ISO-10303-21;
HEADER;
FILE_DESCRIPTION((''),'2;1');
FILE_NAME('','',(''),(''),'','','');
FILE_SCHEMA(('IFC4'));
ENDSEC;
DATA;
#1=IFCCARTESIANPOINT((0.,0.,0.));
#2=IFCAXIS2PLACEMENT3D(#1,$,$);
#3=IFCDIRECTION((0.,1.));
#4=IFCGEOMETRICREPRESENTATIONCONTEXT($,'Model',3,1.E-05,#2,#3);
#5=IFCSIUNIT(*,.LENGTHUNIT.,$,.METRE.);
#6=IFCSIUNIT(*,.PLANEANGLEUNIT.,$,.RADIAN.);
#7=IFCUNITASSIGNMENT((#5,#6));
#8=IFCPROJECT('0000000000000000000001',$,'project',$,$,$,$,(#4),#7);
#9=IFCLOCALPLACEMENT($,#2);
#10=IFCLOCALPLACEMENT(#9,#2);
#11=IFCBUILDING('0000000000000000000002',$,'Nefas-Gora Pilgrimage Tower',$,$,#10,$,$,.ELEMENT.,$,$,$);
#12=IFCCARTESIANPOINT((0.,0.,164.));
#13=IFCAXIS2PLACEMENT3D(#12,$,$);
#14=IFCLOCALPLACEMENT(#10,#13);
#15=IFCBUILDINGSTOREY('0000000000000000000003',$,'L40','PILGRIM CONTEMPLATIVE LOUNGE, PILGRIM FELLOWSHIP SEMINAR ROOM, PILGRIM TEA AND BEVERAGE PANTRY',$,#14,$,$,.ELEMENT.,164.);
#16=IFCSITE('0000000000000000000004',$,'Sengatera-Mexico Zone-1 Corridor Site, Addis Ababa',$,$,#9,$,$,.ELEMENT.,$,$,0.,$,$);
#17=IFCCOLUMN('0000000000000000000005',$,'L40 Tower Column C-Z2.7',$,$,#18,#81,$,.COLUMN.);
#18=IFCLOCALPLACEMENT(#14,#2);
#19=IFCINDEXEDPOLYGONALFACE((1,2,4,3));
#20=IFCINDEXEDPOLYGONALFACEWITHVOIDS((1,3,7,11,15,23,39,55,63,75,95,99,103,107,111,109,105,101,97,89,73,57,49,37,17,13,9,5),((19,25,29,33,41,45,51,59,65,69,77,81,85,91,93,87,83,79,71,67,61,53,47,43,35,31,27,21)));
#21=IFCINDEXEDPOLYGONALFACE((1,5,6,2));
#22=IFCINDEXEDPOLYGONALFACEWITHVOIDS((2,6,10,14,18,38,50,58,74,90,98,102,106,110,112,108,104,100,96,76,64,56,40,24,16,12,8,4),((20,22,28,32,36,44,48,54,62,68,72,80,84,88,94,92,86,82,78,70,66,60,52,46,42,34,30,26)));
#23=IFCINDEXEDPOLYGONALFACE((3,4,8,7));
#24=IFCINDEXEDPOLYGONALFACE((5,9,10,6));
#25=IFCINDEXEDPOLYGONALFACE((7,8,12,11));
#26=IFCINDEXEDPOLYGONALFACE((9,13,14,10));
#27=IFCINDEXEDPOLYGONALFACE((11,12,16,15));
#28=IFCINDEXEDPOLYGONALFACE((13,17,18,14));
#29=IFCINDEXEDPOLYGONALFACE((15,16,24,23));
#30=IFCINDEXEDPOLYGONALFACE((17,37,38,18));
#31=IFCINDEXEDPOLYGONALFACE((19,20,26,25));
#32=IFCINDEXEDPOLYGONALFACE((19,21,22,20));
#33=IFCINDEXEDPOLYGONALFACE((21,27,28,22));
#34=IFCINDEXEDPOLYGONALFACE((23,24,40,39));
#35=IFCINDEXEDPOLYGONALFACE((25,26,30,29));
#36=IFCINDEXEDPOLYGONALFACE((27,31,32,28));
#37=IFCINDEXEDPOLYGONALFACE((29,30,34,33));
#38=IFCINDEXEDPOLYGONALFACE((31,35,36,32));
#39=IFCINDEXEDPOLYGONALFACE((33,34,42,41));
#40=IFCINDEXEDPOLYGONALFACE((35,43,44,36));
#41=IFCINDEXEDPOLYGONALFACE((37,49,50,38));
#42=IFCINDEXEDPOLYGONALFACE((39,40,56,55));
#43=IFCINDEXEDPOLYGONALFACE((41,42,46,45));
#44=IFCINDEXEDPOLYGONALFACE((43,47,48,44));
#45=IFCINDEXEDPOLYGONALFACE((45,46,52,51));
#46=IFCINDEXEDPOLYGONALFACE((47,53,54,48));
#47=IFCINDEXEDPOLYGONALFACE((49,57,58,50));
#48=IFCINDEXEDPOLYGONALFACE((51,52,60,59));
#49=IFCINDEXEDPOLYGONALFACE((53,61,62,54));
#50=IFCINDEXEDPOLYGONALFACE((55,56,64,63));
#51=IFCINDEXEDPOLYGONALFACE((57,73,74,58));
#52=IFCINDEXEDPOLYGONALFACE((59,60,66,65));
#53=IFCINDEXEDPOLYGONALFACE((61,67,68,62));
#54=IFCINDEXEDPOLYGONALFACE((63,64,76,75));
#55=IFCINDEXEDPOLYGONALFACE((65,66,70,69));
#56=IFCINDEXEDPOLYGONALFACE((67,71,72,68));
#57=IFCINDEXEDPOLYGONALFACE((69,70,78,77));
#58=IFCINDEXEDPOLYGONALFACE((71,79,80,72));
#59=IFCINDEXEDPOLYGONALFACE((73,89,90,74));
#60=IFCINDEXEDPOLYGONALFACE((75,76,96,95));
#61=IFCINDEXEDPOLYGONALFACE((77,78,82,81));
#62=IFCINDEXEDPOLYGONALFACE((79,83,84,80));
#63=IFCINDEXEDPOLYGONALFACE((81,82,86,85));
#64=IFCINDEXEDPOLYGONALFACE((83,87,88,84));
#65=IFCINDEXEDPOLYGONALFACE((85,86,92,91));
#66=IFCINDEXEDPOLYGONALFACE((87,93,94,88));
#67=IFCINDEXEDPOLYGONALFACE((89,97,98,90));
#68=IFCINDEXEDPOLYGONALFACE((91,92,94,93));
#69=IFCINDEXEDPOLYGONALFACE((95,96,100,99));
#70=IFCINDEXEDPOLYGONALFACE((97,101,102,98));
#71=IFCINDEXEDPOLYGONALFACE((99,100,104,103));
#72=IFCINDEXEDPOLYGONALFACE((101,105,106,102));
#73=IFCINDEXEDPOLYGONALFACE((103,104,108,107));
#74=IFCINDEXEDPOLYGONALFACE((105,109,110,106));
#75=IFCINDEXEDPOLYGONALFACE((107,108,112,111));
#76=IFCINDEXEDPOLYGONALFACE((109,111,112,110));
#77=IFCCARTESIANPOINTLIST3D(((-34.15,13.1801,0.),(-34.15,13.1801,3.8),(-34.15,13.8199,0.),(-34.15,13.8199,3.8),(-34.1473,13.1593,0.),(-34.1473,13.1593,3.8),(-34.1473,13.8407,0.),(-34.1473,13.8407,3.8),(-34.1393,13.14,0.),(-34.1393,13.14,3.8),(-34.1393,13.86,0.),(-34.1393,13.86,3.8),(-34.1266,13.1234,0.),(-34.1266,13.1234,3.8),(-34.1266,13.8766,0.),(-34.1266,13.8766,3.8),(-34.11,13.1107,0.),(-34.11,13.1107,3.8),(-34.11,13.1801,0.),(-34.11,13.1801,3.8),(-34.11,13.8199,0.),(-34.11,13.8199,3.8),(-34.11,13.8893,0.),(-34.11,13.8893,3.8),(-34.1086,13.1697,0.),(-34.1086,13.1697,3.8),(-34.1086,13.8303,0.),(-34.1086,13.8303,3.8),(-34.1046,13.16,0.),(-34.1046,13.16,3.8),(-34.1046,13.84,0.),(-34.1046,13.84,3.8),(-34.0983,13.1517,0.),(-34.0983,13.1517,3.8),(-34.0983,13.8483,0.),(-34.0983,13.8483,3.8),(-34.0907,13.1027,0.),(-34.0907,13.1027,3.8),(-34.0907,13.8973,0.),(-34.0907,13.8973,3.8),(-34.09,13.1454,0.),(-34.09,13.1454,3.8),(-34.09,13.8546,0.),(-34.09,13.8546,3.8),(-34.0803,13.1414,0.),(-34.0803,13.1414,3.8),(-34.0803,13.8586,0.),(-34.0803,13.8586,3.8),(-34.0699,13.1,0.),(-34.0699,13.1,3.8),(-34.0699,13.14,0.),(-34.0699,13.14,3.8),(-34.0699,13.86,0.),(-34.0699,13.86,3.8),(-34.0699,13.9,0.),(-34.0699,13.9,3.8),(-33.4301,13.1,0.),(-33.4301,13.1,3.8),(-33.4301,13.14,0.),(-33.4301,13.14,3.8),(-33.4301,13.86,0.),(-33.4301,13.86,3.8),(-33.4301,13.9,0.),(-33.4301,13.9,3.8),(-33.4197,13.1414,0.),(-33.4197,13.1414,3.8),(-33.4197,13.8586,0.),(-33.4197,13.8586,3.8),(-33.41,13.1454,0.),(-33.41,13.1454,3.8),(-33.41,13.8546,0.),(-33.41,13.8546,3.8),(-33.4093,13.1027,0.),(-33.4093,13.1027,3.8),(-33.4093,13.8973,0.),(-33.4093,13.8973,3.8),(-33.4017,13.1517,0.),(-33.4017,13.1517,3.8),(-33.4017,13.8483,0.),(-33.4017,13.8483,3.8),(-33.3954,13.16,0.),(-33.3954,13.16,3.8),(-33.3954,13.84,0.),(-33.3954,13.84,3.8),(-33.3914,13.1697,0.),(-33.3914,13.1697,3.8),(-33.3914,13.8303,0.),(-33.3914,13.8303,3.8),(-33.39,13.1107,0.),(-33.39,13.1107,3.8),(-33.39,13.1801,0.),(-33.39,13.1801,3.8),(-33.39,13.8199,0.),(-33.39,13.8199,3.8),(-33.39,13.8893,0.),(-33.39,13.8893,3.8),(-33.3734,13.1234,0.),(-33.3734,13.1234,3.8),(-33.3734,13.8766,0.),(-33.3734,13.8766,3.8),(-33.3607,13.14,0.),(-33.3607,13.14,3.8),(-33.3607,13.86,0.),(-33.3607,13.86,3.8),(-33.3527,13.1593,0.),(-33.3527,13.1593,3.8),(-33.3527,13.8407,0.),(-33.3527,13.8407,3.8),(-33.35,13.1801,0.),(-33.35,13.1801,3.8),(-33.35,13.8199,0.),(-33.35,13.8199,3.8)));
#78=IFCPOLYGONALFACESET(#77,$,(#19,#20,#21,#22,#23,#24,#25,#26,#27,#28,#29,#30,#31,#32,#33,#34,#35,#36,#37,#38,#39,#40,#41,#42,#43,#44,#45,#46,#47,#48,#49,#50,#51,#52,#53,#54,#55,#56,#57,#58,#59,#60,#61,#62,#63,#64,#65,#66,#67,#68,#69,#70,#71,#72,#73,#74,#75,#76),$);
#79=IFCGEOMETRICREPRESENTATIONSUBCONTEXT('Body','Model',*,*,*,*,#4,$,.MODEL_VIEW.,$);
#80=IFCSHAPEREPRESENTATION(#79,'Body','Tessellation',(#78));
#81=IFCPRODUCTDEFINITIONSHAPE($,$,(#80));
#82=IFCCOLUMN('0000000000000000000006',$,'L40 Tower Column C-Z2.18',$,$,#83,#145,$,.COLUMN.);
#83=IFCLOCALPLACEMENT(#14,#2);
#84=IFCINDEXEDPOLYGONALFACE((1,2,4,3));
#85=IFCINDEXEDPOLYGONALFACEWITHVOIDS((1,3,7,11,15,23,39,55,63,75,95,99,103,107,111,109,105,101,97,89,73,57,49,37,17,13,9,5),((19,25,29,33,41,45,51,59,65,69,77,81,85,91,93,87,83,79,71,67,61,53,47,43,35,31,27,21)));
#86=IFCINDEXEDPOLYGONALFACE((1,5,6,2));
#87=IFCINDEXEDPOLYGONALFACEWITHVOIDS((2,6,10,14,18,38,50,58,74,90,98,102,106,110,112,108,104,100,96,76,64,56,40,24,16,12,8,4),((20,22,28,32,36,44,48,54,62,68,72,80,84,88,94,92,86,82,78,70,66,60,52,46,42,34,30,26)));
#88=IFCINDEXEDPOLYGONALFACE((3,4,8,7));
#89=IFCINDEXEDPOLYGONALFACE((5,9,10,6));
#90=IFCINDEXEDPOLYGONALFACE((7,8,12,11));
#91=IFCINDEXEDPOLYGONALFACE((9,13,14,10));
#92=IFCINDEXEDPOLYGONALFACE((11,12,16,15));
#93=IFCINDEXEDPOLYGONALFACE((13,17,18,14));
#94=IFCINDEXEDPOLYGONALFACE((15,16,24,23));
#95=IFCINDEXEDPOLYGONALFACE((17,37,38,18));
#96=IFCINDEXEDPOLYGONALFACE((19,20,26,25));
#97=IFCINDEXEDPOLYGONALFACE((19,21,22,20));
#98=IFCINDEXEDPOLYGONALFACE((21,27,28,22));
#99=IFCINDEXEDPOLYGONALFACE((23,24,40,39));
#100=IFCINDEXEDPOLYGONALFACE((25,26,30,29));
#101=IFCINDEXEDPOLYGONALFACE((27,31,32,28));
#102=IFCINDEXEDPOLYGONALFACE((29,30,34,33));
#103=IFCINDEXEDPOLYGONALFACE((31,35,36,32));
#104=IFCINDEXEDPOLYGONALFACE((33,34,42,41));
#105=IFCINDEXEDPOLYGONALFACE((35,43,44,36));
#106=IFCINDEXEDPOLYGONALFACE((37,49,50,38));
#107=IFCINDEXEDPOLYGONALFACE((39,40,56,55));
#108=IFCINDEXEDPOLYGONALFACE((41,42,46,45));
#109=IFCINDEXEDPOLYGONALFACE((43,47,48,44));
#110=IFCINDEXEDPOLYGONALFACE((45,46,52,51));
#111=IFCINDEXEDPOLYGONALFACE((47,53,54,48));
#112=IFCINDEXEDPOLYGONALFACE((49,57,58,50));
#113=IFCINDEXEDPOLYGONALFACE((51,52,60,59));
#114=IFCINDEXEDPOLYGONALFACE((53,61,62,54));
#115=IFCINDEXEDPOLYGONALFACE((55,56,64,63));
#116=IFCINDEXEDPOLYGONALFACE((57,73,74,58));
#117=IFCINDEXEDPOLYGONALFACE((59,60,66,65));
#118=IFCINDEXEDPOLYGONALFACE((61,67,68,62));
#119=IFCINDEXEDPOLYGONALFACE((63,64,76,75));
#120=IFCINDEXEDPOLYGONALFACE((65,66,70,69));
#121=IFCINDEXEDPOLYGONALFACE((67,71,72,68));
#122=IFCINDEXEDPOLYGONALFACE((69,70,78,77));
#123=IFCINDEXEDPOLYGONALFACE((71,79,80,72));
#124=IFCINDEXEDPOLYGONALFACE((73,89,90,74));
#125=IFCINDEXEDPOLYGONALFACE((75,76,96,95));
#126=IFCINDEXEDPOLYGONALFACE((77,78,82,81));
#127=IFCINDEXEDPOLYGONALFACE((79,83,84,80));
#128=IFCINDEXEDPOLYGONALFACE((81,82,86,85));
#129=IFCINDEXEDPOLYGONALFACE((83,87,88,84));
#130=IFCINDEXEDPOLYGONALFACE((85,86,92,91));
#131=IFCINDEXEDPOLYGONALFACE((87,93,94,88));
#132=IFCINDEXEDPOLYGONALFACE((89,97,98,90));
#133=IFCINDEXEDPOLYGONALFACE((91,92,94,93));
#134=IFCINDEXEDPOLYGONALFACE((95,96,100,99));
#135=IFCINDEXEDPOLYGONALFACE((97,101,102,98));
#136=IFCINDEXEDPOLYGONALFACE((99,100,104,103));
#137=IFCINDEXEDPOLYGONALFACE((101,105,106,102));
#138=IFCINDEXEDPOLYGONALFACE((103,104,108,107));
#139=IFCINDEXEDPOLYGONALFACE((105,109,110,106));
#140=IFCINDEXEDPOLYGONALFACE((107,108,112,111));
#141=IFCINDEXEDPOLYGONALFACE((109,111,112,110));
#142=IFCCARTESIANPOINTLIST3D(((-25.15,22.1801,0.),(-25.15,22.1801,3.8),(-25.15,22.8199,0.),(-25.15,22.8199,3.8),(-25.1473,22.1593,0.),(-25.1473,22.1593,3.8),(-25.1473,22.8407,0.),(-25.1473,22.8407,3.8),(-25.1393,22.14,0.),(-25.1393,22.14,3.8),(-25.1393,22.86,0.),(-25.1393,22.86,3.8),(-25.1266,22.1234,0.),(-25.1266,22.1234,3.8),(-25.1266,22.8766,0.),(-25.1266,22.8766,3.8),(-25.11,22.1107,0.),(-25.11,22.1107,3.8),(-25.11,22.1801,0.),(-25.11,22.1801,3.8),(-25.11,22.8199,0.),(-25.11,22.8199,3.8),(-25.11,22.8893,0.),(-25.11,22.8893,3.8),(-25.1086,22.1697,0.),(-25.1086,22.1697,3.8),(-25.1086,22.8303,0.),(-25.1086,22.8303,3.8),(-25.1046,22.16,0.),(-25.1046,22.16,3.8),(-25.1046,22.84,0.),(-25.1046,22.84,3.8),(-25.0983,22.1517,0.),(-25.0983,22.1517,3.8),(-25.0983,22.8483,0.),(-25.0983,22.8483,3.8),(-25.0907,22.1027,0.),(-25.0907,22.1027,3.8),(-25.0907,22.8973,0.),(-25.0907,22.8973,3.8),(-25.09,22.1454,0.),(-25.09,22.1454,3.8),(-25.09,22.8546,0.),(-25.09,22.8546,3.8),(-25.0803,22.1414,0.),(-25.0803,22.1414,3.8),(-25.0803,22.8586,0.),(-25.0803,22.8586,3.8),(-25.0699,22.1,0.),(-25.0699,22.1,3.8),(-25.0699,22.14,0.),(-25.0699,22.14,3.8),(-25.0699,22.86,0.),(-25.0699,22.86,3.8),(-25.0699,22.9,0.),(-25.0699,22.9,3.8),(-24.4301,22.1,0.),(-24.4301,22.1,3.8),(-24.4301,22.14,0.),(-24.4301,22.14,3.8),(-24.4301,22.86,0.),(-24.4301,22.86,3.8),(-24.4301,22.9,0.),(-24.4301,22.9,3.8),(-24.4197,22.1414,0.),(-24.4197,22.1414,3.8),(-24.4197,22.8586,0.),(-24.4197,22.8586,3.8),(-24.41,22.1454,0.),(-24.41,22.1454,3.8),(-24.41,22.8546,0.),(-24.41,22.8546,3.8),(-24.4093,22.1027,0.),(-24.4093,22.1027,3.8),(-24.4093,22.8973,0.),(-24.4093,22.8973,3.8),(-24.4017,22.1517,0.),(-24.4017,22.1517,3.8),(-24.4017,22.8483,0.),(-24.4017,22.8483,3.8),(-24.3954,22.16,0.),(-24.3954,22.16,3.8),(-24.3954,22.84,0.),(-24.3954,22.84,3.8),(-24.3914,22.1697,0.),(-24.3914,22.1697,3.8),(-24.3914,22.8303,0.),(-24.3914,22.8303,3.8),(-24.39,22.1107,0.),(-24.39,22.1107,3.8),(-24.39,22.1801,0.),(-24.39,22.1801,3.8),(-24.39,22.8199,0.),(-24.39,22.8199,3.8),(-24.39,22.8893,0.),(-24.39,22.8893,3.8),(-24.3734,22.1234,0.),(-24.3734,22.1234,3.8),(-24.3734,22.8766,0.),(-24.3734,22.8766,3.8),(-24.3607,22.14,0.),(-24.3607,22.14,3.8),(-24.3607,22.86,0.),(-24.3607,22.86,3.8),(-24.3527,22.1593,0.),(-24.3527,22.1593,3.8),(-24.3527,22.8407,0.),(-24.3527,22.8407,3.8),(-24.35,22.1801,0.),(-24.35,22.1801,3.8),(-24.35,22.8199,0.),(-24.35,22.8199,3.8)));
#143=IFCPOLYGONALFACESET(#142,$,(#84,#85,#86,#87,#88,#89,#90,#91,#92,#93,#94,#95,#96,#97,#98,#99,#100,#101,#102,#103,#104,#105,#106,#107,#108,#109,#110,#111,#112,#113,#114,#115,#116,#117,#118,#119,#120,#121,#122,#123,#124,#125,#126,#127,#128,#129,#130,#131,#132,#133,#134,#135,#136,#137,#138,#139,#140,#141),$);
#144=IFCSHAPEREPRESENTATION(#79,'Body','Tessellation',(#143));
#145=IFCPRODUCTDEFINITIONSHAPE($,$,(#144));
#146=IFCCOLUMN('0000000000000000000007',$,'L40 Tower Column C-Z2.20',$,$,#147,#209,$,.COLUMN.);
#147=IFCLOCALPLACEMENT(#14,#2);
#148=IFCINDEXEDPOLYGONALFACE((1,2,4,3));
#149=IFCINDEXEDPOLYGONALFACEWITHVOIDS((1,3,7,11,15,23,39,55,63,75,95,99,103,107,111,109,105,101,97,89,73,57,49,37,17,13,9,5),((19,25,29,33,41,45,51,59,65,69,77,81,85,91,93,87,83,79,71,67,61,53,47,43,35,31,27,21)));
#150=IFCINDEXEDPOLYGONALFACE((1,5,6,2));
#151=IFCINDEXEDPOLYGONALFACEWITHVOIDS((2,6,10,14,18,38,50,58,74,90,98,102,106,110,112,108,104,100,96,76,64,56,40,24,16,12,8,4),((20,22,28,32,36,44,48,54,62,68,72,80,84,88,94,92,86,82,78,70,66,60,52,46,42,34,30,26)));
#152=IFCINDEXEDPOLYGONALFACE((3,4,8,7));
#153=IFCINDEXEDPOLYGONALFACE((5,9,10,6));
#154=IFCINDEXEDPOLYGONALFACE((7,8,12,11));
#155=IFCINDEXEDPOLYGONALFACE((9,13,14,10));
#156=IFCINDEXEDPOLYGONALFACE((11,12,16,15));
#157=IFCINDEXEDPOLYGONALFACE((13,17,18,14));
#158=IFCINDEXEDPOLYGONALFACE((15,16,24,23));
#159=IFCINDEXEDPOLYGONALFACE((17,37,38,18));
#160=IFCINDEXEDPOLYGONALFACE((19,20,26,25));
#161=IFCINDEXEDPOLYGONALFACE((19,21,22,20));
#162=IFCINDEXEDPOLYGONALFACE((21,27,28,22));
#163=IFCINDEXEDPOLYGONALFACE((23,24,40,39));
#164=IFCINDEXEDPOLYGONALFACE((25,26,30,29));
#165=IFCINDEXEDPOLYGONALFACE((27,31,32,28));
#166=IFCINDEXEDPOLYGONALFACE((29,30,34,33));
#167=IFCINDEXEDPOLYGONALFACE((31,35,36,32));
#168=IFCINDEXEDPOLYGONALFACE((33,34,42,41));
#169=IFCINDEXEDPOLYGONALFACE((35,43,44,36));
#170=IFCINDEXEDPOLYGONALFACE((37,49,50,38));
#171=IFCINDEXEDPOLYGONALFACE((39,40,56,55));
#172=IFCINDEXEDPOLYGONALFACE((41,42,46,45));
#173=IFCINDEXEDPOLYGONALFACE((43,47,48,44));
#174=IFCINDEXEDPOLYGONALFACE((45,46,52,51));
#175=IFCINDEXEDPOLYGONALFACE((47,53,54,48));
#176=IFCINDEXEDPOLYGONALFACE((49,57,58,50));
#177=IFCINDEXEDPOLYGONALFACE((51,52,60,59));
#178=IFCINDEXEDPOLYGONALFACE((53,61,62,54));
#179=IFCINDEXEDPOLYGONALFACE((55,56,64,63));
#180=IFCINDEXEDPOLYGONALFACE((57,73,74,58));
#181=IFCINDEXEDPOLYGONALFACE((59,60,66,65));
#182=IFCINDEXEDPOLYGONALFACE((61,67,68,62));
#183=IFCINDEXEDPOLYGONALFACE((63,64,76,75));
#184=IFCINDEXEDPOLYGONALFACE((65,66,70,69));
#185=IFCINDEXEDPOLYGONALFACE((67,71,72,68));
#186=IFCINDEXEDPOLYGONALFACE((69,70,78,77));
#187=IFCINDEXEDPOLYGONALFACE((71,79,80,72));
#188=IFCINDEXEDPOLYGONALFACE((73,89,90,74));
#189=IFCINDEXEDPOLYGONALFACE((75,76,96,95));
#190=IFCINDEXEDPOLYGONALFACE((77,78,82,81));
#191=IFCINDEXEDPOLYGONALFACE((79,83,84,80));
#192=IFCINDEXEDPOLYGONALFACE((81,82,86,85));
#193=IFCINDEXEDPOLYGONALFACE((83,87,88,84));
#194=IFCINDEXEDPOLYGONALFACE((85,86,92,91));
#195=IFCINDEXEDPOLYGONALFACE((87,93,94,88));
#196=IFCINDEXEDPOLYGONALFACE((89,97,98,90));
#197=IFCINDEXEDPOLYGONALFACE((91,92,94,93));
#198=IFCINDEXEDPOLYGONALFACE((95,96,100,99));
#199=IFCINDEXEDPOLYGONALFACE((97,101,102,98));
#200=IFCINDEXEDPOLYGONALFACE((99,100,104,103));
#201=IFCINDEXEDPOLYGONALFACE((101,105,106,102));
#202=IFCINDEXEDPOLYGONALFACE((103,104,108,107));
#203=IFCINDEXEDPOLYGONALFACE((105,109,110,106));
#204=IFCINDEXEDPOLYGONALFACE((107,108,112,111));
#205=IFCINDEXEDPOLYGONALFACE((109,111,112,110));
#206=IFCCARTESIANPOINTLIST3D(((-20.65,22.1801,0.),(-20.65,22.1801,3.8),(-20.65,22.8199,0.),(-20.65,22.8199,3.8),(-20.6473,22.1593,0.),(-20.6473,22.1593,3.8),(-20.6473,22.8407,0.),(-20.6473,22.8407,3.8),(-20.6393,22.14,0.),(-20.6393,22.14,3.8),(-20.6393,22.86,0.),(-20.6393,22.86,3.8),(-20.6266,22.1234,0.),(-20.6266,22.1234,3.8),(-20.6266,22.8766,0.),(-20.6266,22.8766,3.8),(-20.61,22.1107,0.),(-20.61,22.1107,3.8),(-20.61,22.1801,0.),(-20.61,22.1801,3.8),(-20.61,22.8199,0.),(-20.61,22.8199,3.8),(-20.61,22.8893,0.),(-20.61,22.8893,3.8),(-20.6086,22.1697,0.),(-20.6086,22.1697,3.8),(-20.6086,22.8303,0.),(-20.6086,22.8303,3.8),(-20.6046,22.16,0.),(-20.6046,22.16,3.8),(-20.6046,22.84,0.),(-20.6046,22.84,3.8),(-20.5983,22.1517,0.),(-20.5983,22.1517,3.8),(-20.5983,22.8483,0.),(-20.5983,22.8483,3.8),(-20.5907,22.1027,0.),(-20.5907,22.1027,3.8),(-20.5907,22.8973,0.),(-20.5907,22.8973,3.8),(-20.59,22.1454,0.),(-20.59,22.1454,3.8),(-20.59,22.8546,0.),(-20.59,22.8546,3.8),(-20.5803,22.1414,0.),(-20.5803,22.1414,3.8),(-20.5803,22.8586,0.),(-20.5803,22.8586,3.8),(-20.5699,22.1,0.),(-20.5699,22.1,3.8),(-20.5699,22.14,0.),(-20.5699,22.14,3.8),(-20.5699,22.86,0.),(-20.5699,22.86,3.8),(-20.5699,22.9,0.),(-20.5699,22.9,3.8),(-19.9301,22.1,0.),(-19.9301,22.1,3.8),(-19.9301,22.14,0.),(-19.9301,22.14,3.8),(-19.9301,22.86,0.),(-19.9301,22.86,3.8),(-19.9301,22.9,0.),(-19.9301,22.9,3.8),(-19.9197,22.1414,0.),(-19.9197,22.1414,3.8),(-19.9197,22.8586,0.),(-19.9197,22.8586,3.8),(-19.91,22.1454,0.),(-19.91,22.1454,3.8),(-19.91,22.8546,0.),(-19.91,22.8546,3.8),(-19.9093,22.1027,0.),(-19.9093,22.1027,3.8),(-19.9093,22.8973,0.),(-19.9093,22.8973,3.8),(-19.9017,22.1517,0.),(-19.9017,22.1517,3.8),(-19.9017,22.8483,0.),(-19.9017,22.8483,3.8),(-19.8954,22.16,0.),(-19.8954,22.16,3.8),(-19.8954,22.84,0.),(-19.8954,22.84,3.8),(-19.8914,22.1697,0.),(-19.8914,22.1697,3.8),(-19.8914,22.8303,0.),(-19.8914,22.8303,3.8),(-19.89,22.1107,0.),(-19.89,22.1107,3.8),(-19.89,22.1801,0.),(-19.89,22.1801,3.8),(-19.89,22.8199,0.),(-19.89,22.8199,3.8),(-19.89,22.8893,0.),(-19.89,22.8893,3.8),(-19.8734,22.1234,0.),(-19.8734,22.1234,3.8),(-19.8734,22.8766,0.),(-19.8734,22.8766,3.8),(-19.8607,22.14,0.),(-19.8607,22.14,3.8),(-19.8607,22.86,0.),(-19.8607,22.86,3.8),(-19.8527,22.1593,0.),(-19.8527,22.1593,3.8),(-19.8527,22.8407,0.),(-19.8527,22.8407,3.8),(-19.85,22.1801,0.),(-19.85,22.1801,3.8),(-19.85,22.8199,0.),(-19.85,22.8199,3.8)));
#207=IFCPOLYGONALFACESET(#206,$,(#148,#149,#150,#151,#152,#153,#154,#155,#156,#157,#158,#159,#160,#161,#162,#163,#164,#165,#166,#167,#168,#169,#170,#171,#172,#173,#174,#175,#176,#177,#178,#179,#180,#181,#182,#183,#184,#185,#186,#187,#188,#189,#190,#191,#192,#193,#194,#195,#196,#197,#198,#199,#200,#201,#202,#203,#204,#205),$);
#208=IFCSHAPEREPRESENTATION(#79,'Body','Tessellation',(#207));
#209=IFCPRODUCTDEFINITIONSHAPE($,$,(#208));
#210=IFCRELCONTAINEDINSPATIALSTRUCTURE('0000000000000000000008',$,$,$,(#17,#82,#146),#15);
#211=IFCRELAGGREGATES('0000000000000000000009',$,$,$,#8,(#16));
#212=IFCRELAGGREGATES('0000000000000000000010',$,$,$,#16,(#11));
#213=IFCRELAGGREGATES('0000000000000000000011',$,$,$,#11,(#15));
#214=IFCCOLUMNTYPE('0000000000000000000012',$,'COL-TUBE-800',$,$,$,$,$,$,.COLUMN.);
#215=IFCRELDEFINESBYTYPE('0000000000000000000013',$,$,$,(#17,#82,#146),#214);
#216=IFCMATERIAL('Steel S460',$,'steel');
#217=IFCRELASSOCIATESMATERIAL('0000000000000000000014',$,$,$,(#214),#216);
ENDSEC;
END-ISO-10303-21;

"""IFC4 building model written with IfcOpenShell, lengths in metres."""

from ifc_helpers import new_model, si_unit, direction, frame, origin, origin_2d, place, context, subcontext, project, spatial, hollow_rectangle, extrude, source, transform, mapped, material, material_profile, profile_set, type_object, element, save


model = new_model("IFC4")

# Units and contexts
model_context = context("Model", 3, precision=1e-05, world=origin(), true_north=direction((0.0, 1.0)))
body_context = subcontext(model_context, "Body", "Model", "MODEL_VIEW")
ifc_project = project(units=[si_unit("LENGTHUNIT", "METRE"), si_unit("PLANEANGLEUNIT", "RADIAN")], contexts=[model_context])

# Site, building, storey
site_placement = place(None, origin())
site = spatial("IfcSite", under=ifc_project, at=site_placement, Name="Sengatera-Mexico Zone-1 Corridor Site, Addis Ababa", CompositionType="ELEMENT", RefElevation=0.0)
building_placement = place(site_placement, origin())
building = spatial("IfcBuilding", under=site, at=building_placement, Name="Nefas-Gora Pilgrimage Tower", CompositionType="ELEMENT")
storey_placement = place(building_placement, frame((0.0, 0.0, 164.0)))
storey = spatial("IfcBuildingStorey", under=building, at=storey_placement, Name="L40", Description="PILGRIM CONTEMPLATIVE LOUNGE, PILGRIM FELLOWSHIP SEMINAR ROOM, PILGRIM TEA AND BEVERAGE PANTRY", CompositionType="ELEMENT", Elevation=164.0)

# Columns
ifc_material_1 = material(Name="Steel S460", Category="steel")
ifc_material_profile_1 = material_profile(ifc_material_1, hollow_rectangle(XDim=0.8, YDim=0.8, WallThickness=0.04, InnerFilletRadius=0.04, OuterFilletRadius=0.0801, at=origin_2d()), Name="BOX 800x800x40")
ifc_profile_set_1 = profile_set([ifc_material_profile_1], Name="Steel S460")
column_type_1 = type_object("IfcColumnType", Name="COL-TUBE-800", PredefinedType="COLUMN", material=ifc_profile_set_1)
shared_shape_1 = source(origin(), body_context, "Body", "SweptSolid", [
    extrude(hollow_rectangle(XDim=0.8, YDim=0.8, WallThickness=0.04, InnerFilletRadius=0.04, OuterFilletRadius=0.0801, at=origin_2d()), origin(), (0.0, 0.0, 1.0), 3.8),
])
for number, where, z_axis, x_axis, name in (
    (1, (-33.75, 13.5, 0.0), (0.0, 0.0, 1.0), (1.0, 0.0, 0.0), "L40 Tower Column C-Z2.7"),
    (2, (-24.75, 22.5, 0.0), (0.0, 0.0, 1.0), (1.0, 0.0, 0.0), "L40 Tower Column C-Z2.18"),
    (3, (-20.25, 22.5, 0.0), (0.0, 0.0, 1.0), (1.0, 0.0, 0.0), "L40 Tower Column C-Z2.20"),
):
    element("IfcColumn", number, at=place(storey_placement, frame(where, z_axis=z_axis, x_axis=x_axis)), inside=storey, type_object=column_type_1, Name=name, PredefinedType="COLUMN", context=body_context, shape_type="MappedRepresentation", body=[
        mapped(shared_shape_1, transform((0.0, 0.0, 0.0), x_axis=(1.0, 0.0, 0.0), y_axis=(0.0, 1.0, 0.0), z_axis=(0.0, 0.0, 1.0), scale=1.0)),
    ])

save(model, "model.ifc")
